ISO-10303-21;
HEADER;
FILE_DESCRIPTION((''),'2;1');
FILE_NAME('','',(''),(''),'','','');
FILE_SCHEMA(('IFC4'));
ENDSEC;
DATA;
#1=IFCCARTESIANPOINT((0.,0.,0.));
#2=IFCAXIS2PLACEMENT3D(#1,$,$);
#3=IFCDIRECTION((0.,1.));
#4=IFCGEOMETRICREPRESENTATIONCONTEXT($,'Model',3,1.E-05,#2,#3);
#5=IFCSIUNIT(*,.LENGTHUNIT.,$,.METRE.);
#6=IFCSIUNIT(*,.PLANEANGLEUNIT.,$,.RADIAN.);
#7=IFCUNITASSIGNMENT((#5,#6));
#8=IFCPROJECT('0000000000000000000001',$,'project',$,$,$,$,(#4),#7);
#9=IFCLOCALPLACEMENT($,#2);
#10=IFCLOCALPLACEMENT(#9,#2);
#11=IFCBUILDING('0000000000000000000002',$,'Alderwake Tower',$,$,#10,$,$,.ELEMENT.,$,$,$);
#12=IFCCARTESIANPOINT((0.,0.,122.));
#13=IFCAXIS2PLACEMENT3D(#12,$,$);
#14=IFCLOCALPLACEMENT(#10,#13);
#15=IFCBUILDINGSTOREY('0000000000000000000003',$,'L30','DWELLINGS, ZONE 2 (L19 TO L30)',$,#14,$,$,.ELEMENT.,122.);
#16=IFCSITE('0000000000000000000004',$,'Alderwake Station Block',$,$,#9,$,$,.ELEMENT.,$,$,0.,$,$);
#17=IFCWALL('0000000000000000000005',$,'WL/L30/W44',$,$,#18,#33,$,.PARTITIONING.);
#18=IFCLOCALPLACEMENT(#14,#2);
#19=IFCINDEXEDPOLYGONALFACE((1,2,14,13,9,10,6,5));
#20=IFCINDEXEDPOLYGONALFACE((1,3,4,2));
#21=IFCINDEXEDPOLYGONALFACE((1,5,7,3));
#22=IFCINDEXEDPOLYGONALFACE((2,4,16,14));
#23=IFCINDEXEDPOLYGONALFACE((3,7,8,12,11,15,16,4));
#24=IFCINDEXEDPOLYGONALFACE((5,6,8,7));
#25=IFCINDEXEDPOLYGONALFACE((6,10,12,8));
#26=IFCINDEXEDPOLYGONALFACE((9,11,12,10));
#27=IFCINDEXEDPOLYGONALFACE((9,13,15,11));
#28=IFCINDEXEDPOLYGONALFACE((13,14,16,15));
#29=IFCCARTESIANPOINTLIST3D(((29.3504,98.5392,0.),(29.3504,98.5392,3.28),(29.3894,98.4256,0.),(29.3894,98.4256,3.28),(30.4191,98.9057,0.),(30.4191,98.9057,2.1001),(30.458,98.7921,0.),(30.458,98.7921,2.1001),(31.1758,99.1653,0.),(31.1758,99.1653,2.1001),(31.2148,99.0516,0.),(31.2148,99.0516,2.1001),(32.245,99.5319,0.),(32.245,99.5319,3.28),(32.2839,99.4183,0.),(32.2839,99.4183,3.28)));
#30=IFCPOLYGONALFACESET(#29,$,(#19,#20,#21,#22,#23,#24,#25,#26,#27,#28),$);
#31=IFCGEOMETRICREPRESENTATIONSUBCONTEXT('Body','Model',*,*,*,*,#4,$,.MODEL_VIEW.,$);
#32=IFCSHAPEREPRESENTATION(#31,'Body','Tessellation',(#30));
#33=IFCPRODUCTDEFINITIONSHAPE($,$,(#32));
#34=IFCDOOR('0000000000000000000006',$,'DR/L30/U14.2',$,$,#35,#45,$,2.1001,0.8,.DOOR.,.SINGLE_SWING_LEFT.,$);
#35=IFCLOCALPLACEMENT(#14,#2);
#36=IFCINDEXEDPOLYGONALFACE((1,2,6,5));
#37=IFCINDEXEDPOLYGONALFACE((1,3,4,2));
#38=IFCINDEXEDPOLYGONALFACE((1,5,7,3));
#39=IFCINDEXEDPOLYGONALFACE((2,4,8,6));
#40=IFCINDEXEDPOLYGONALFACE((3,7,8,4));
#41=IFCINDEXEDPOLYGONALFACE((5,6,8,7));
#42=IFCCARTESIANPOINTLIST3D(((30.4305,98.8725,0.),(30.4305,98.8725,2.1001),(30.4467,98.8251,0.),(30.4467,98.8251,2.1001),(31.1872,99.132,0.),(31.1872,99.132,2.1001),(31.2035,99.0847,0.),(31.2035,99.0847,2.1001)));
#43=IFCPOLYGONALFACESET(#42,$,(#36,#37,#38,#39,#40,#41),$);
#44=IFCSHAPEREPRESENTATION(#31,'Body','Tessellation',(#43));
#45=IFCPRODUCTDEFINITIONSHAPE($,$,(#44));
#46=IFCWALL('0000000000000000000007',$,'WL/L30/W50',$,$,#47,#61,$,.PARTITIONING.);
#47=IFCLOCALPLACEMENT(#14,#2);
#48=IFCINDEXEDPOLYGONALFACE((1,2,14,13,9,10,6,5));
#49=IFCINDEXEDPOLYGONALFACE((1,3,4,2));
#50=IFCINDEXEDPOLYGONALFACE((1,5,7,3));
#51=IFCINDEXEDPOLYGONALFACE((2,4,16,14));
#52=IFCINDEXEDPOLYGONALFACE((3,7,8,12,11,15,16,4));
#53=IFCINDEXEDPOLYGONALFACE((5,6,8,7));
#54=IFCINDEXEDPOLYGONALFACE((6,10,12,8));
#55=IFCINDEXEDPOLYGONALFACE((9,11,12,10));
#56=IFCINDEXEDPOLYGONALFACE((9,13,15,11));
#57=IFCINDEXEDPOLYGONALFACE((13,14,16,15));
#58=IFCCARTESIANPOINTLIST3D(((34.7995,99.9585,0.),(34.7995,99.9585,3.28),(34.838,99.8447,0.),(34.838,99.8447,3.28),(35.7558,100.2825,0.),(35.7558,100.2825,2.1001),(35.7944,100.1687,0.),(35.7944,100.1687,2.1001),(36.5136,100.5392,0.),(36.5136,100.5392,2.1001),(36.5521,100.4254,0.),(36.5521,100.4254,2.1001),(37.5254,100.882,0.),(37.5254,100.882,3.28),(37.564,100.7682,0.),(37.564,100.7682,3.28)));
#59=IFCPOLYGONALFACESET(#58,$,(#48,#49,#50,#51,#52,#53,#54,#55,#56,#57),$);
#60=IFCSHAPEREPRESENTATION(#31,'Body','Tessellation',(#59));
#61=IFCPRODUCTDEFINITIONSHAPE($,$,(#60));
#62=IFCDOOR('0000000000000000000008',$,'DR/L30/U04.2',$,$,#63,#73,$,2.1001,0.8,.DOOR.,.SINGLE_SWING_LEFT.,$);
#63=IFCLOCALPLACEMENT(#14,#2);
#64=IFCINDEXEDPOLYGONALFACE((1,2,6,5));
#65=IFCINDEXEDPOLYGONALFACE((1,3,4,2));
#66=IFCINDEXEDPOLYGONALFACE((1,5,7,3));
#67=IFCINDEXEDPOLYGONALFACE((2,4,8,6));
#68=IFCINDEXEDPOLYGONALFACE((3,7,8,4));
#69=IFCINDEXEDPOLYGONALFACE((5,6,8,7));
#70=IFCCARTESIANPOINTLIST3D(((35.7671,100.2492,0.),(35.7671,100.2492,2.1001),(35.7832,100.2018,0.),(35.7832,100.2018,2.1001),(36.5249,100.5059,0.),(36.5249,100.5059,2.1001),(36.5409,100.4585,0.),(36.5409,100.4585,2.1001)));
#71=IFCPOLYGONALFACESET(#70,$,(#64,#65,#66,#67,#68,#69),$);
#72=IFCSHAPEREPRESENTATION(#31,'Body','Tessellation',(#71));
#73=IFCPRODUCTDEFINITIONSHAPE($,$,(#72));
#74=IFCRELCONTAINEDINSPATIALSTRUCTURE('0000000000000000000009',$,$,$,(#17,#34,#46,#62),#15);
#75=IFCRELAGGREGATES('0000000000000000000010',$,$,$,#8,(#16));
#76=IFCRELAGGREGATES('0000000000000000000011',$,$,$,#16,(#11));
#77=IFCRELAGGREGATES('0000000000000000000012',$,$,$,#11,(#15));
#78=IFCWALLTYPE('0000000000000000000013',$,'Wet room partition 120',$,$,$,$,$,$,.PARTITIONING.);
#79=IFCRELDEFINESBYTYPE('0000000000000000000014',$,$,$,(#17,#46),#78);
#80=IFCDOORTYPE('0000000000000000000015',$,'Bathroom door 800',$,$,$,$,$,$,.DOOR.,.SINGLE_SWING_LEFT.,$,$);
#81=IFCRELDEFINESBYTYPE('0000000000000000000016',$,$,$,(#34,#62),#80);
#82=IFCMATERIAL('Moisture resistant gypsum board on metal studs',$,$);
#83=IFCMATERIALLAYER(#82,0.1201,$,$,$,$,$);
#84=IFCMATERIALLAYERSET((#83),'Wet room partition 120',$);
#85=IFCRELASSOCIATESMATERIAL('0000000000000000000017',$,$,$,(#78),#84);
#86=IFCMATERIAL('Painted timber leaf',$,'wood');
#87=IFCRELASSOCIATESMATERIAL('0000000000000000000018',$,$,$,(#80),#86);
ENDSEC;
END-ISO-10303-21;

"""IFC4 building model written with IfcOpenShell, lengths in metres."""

from ifc_helpers import new_model, si_unit, direction, frame, frame_2d, origin, place, context, subcontext, project, spatial, rectangle, extrude, material, layer, layer_set, type_object, element, fill, save


model = new_model("IFC4")

# Units and contexts
model_context = context("Model", 3, precision=1e-05, world=origin(), true_north=direction((0.0, 1.0)))
body_context = subcontext(model_context, "Body", "Model", "MODEL_VIEW")
ifc_project = project(units=[si_unit("LENGTHUNIT", "METRE"), si_unit("PLANEANGLEUNIT", "RADIAN")], contexts=[model_context])

# Site, building, storey
site_placement = place(None, origin())
site = spatial("IfcSite", under=ifc_project, at=site_placement, Name="Alderwake Station Block", CompositionType="ELEMENT", RefElevation=0.0)
building_placement = place(site_placement, origin())
building = spatial("IfcBuilding", under=site, at=building_placement, Name="Alderwake Tower", CompositionType="ELEMENT")
storey_placement = place(building_placement, frame((0.0, 0.0, 122.0)))
storey = spatial("IfcBuildingStorey", under=building, at=storey_placement, Name="L30", Description="DWELLINGS, ZONE 2 (L19 TO L30)", CompositionType="ELEMENT", Elevation=122.0)

# Shared definitions
ifc_material_1 = material(Name="Moisture resistant gypsum board on metal studs")
ifc_layer_1 = layer(ifc_material_1, 0.1201)
ifc_layer_set_1 = layer_set([ifc_layer_1], Name="Wet room partition 120")
wall_type_1 = type_object("IfcWallType", Name="Wet room partition 120", PredefinedType="PARTITIONING", material=ifc_layer_set_1)

# Walls, openings, doors
wall_1_placement = place(storey_placement, frame((29.3699, 98.4824, 0.0), z_axis=(0.0, 0.0, 1.0), x_axis=(0.945919, 0.324402, 0.0)))
wall_1 = element("IfcWall", 1, at=wall_1_placement, inside=storey, type_object=wall_type_1, Name="WL/L30/W44", PredefinedType="PARTITIONING", context=body_context, shape_type="SweptSolid", body=[
    extrude(rectangle(XDim=3.0601, YDim=0.1201, at=frame_2d((1.53, 0.0))), origin(), (0.0, 0.0, 1.0), 3.28),
])
opening_1_placement = place(wall_1_placement, frame((1.1299, 0.0, 0.0)))
opening_1 = element("IfcOpeningElement", 2, at=opening_1_placement, cuts=wall_1, PredefinedType="OPENING", context=body_context, shape_type="SweptSolid", body=[
    extrude(rectangle(XDim=0.8, YDim=2.1001, at=frame_2d((0.3999, 1.05))), frame((0.0, 0.0701, 0.0), z_axis=(0.0, -1.0, 0.0), x_axis=(1.0, 0.0, 0.0)), (0.0, 0.0, 1.0), 0.1401),
])
ifc_material_2 = material(Name="Painted timber leaf", Category="wood")
door_type_1 = type_object("IfcDoorType", Name="Bathroom door 800", OperationType="SINGLE_SWING_LEFT", PredefinedType="DOOR", material=ifc_material_2)
door_1_placement = place(opening_1_placement, origin())
door_1 = element("IfcDoor", 3, at=door_1_placement, inside=storey, type_object=door_type_1, Name="DR/L30/U14.2", OperationType="SINGLE_SWING_LEFT", OverallHeight=2.1001, OverallWidth=0.8, PredefinedType="DOOR", context=body_context, shape_type="SweptSolid", body=[
    extrude(rectangle(XDim=0.8, YDim=2.1001, at=frame_2d((0.3999, 1.05))), frame((0.0, 0.0249, 0.0), z_axis=(0.0, -1.0, 0.0), x_axis=(1.0, 0.0, 0.0)), (0.0, 0.0, 1.0), 0.05),
])
fill(opening_1, door_1)
wall_2_placement = place(storey_placement, frame((34.8188, 99.9016, 0.0), z_axis=(0.0, 0.0, 1.0), x_axis=(0.94712, 0.320881, 0.0)))
wall_2 = element("IfcWall", 4, at=wall_2_placement, inside=storey, type_object=wall_type_1, Name="WL/L30/W50", PredefinedType="PARTITIONING", context=body_context, shape_type="SweptSolid", body=[
    extrude(rectangle(XDim=2.8782, YDim=0.1201, at=frame_2d((1.439, 0.0))), origin(), (0.0, 0.0, 1.0), 3.28),
])
opening_2_placement = place(wall_2_placement, frame((1.0098, 0.0, 0.0)))
opening_2 = element("IfcOpeningElement", 5, at=opening_2_placement, cuts=wall_2, PredefinedType="OPENING", context=body_context, shape_type="SweptSolid", body=[
    extrude(rectangle(XDim=0.8, YDim=2.1001, at=frame_2d((0.3999, 1.05))), frame((0.0, 0.0701, 0.0), z_axis=(0.0, -1.0, 0.0), x_axis=(1.0, 0.0, 0.0)), (0.0, 0.0, 1.0), 0.1401),
])
door_2_placement = place(opening_2_placement, origin())
door_2 = element("IfcDoor", 6, at=door_2_placement, inside=storey, type_object=door_type_1, Name="DR/L30/U04.2", OperationType="SINGLE_SWING_LEFT", OverallHeight=2.1001, OverallWidth=0.8, PredefinedType="DOOR", context=body_context, shape_type="SweptSolid", body=[
    extrude(rectangle(XDim=0.8, YDim=2.1001, at=frame_2d((0.3999, 1.05))), frame((0.0, 0.0249, 0.0), z_axis=(0.0, -1.0, 0.0), x_axis=(1.0, 0.0, 0.0)), (0.0, 0.0, 1.0), 0.05),
])
fill(opening_2, door_2)

save(model, "model.ifc")
